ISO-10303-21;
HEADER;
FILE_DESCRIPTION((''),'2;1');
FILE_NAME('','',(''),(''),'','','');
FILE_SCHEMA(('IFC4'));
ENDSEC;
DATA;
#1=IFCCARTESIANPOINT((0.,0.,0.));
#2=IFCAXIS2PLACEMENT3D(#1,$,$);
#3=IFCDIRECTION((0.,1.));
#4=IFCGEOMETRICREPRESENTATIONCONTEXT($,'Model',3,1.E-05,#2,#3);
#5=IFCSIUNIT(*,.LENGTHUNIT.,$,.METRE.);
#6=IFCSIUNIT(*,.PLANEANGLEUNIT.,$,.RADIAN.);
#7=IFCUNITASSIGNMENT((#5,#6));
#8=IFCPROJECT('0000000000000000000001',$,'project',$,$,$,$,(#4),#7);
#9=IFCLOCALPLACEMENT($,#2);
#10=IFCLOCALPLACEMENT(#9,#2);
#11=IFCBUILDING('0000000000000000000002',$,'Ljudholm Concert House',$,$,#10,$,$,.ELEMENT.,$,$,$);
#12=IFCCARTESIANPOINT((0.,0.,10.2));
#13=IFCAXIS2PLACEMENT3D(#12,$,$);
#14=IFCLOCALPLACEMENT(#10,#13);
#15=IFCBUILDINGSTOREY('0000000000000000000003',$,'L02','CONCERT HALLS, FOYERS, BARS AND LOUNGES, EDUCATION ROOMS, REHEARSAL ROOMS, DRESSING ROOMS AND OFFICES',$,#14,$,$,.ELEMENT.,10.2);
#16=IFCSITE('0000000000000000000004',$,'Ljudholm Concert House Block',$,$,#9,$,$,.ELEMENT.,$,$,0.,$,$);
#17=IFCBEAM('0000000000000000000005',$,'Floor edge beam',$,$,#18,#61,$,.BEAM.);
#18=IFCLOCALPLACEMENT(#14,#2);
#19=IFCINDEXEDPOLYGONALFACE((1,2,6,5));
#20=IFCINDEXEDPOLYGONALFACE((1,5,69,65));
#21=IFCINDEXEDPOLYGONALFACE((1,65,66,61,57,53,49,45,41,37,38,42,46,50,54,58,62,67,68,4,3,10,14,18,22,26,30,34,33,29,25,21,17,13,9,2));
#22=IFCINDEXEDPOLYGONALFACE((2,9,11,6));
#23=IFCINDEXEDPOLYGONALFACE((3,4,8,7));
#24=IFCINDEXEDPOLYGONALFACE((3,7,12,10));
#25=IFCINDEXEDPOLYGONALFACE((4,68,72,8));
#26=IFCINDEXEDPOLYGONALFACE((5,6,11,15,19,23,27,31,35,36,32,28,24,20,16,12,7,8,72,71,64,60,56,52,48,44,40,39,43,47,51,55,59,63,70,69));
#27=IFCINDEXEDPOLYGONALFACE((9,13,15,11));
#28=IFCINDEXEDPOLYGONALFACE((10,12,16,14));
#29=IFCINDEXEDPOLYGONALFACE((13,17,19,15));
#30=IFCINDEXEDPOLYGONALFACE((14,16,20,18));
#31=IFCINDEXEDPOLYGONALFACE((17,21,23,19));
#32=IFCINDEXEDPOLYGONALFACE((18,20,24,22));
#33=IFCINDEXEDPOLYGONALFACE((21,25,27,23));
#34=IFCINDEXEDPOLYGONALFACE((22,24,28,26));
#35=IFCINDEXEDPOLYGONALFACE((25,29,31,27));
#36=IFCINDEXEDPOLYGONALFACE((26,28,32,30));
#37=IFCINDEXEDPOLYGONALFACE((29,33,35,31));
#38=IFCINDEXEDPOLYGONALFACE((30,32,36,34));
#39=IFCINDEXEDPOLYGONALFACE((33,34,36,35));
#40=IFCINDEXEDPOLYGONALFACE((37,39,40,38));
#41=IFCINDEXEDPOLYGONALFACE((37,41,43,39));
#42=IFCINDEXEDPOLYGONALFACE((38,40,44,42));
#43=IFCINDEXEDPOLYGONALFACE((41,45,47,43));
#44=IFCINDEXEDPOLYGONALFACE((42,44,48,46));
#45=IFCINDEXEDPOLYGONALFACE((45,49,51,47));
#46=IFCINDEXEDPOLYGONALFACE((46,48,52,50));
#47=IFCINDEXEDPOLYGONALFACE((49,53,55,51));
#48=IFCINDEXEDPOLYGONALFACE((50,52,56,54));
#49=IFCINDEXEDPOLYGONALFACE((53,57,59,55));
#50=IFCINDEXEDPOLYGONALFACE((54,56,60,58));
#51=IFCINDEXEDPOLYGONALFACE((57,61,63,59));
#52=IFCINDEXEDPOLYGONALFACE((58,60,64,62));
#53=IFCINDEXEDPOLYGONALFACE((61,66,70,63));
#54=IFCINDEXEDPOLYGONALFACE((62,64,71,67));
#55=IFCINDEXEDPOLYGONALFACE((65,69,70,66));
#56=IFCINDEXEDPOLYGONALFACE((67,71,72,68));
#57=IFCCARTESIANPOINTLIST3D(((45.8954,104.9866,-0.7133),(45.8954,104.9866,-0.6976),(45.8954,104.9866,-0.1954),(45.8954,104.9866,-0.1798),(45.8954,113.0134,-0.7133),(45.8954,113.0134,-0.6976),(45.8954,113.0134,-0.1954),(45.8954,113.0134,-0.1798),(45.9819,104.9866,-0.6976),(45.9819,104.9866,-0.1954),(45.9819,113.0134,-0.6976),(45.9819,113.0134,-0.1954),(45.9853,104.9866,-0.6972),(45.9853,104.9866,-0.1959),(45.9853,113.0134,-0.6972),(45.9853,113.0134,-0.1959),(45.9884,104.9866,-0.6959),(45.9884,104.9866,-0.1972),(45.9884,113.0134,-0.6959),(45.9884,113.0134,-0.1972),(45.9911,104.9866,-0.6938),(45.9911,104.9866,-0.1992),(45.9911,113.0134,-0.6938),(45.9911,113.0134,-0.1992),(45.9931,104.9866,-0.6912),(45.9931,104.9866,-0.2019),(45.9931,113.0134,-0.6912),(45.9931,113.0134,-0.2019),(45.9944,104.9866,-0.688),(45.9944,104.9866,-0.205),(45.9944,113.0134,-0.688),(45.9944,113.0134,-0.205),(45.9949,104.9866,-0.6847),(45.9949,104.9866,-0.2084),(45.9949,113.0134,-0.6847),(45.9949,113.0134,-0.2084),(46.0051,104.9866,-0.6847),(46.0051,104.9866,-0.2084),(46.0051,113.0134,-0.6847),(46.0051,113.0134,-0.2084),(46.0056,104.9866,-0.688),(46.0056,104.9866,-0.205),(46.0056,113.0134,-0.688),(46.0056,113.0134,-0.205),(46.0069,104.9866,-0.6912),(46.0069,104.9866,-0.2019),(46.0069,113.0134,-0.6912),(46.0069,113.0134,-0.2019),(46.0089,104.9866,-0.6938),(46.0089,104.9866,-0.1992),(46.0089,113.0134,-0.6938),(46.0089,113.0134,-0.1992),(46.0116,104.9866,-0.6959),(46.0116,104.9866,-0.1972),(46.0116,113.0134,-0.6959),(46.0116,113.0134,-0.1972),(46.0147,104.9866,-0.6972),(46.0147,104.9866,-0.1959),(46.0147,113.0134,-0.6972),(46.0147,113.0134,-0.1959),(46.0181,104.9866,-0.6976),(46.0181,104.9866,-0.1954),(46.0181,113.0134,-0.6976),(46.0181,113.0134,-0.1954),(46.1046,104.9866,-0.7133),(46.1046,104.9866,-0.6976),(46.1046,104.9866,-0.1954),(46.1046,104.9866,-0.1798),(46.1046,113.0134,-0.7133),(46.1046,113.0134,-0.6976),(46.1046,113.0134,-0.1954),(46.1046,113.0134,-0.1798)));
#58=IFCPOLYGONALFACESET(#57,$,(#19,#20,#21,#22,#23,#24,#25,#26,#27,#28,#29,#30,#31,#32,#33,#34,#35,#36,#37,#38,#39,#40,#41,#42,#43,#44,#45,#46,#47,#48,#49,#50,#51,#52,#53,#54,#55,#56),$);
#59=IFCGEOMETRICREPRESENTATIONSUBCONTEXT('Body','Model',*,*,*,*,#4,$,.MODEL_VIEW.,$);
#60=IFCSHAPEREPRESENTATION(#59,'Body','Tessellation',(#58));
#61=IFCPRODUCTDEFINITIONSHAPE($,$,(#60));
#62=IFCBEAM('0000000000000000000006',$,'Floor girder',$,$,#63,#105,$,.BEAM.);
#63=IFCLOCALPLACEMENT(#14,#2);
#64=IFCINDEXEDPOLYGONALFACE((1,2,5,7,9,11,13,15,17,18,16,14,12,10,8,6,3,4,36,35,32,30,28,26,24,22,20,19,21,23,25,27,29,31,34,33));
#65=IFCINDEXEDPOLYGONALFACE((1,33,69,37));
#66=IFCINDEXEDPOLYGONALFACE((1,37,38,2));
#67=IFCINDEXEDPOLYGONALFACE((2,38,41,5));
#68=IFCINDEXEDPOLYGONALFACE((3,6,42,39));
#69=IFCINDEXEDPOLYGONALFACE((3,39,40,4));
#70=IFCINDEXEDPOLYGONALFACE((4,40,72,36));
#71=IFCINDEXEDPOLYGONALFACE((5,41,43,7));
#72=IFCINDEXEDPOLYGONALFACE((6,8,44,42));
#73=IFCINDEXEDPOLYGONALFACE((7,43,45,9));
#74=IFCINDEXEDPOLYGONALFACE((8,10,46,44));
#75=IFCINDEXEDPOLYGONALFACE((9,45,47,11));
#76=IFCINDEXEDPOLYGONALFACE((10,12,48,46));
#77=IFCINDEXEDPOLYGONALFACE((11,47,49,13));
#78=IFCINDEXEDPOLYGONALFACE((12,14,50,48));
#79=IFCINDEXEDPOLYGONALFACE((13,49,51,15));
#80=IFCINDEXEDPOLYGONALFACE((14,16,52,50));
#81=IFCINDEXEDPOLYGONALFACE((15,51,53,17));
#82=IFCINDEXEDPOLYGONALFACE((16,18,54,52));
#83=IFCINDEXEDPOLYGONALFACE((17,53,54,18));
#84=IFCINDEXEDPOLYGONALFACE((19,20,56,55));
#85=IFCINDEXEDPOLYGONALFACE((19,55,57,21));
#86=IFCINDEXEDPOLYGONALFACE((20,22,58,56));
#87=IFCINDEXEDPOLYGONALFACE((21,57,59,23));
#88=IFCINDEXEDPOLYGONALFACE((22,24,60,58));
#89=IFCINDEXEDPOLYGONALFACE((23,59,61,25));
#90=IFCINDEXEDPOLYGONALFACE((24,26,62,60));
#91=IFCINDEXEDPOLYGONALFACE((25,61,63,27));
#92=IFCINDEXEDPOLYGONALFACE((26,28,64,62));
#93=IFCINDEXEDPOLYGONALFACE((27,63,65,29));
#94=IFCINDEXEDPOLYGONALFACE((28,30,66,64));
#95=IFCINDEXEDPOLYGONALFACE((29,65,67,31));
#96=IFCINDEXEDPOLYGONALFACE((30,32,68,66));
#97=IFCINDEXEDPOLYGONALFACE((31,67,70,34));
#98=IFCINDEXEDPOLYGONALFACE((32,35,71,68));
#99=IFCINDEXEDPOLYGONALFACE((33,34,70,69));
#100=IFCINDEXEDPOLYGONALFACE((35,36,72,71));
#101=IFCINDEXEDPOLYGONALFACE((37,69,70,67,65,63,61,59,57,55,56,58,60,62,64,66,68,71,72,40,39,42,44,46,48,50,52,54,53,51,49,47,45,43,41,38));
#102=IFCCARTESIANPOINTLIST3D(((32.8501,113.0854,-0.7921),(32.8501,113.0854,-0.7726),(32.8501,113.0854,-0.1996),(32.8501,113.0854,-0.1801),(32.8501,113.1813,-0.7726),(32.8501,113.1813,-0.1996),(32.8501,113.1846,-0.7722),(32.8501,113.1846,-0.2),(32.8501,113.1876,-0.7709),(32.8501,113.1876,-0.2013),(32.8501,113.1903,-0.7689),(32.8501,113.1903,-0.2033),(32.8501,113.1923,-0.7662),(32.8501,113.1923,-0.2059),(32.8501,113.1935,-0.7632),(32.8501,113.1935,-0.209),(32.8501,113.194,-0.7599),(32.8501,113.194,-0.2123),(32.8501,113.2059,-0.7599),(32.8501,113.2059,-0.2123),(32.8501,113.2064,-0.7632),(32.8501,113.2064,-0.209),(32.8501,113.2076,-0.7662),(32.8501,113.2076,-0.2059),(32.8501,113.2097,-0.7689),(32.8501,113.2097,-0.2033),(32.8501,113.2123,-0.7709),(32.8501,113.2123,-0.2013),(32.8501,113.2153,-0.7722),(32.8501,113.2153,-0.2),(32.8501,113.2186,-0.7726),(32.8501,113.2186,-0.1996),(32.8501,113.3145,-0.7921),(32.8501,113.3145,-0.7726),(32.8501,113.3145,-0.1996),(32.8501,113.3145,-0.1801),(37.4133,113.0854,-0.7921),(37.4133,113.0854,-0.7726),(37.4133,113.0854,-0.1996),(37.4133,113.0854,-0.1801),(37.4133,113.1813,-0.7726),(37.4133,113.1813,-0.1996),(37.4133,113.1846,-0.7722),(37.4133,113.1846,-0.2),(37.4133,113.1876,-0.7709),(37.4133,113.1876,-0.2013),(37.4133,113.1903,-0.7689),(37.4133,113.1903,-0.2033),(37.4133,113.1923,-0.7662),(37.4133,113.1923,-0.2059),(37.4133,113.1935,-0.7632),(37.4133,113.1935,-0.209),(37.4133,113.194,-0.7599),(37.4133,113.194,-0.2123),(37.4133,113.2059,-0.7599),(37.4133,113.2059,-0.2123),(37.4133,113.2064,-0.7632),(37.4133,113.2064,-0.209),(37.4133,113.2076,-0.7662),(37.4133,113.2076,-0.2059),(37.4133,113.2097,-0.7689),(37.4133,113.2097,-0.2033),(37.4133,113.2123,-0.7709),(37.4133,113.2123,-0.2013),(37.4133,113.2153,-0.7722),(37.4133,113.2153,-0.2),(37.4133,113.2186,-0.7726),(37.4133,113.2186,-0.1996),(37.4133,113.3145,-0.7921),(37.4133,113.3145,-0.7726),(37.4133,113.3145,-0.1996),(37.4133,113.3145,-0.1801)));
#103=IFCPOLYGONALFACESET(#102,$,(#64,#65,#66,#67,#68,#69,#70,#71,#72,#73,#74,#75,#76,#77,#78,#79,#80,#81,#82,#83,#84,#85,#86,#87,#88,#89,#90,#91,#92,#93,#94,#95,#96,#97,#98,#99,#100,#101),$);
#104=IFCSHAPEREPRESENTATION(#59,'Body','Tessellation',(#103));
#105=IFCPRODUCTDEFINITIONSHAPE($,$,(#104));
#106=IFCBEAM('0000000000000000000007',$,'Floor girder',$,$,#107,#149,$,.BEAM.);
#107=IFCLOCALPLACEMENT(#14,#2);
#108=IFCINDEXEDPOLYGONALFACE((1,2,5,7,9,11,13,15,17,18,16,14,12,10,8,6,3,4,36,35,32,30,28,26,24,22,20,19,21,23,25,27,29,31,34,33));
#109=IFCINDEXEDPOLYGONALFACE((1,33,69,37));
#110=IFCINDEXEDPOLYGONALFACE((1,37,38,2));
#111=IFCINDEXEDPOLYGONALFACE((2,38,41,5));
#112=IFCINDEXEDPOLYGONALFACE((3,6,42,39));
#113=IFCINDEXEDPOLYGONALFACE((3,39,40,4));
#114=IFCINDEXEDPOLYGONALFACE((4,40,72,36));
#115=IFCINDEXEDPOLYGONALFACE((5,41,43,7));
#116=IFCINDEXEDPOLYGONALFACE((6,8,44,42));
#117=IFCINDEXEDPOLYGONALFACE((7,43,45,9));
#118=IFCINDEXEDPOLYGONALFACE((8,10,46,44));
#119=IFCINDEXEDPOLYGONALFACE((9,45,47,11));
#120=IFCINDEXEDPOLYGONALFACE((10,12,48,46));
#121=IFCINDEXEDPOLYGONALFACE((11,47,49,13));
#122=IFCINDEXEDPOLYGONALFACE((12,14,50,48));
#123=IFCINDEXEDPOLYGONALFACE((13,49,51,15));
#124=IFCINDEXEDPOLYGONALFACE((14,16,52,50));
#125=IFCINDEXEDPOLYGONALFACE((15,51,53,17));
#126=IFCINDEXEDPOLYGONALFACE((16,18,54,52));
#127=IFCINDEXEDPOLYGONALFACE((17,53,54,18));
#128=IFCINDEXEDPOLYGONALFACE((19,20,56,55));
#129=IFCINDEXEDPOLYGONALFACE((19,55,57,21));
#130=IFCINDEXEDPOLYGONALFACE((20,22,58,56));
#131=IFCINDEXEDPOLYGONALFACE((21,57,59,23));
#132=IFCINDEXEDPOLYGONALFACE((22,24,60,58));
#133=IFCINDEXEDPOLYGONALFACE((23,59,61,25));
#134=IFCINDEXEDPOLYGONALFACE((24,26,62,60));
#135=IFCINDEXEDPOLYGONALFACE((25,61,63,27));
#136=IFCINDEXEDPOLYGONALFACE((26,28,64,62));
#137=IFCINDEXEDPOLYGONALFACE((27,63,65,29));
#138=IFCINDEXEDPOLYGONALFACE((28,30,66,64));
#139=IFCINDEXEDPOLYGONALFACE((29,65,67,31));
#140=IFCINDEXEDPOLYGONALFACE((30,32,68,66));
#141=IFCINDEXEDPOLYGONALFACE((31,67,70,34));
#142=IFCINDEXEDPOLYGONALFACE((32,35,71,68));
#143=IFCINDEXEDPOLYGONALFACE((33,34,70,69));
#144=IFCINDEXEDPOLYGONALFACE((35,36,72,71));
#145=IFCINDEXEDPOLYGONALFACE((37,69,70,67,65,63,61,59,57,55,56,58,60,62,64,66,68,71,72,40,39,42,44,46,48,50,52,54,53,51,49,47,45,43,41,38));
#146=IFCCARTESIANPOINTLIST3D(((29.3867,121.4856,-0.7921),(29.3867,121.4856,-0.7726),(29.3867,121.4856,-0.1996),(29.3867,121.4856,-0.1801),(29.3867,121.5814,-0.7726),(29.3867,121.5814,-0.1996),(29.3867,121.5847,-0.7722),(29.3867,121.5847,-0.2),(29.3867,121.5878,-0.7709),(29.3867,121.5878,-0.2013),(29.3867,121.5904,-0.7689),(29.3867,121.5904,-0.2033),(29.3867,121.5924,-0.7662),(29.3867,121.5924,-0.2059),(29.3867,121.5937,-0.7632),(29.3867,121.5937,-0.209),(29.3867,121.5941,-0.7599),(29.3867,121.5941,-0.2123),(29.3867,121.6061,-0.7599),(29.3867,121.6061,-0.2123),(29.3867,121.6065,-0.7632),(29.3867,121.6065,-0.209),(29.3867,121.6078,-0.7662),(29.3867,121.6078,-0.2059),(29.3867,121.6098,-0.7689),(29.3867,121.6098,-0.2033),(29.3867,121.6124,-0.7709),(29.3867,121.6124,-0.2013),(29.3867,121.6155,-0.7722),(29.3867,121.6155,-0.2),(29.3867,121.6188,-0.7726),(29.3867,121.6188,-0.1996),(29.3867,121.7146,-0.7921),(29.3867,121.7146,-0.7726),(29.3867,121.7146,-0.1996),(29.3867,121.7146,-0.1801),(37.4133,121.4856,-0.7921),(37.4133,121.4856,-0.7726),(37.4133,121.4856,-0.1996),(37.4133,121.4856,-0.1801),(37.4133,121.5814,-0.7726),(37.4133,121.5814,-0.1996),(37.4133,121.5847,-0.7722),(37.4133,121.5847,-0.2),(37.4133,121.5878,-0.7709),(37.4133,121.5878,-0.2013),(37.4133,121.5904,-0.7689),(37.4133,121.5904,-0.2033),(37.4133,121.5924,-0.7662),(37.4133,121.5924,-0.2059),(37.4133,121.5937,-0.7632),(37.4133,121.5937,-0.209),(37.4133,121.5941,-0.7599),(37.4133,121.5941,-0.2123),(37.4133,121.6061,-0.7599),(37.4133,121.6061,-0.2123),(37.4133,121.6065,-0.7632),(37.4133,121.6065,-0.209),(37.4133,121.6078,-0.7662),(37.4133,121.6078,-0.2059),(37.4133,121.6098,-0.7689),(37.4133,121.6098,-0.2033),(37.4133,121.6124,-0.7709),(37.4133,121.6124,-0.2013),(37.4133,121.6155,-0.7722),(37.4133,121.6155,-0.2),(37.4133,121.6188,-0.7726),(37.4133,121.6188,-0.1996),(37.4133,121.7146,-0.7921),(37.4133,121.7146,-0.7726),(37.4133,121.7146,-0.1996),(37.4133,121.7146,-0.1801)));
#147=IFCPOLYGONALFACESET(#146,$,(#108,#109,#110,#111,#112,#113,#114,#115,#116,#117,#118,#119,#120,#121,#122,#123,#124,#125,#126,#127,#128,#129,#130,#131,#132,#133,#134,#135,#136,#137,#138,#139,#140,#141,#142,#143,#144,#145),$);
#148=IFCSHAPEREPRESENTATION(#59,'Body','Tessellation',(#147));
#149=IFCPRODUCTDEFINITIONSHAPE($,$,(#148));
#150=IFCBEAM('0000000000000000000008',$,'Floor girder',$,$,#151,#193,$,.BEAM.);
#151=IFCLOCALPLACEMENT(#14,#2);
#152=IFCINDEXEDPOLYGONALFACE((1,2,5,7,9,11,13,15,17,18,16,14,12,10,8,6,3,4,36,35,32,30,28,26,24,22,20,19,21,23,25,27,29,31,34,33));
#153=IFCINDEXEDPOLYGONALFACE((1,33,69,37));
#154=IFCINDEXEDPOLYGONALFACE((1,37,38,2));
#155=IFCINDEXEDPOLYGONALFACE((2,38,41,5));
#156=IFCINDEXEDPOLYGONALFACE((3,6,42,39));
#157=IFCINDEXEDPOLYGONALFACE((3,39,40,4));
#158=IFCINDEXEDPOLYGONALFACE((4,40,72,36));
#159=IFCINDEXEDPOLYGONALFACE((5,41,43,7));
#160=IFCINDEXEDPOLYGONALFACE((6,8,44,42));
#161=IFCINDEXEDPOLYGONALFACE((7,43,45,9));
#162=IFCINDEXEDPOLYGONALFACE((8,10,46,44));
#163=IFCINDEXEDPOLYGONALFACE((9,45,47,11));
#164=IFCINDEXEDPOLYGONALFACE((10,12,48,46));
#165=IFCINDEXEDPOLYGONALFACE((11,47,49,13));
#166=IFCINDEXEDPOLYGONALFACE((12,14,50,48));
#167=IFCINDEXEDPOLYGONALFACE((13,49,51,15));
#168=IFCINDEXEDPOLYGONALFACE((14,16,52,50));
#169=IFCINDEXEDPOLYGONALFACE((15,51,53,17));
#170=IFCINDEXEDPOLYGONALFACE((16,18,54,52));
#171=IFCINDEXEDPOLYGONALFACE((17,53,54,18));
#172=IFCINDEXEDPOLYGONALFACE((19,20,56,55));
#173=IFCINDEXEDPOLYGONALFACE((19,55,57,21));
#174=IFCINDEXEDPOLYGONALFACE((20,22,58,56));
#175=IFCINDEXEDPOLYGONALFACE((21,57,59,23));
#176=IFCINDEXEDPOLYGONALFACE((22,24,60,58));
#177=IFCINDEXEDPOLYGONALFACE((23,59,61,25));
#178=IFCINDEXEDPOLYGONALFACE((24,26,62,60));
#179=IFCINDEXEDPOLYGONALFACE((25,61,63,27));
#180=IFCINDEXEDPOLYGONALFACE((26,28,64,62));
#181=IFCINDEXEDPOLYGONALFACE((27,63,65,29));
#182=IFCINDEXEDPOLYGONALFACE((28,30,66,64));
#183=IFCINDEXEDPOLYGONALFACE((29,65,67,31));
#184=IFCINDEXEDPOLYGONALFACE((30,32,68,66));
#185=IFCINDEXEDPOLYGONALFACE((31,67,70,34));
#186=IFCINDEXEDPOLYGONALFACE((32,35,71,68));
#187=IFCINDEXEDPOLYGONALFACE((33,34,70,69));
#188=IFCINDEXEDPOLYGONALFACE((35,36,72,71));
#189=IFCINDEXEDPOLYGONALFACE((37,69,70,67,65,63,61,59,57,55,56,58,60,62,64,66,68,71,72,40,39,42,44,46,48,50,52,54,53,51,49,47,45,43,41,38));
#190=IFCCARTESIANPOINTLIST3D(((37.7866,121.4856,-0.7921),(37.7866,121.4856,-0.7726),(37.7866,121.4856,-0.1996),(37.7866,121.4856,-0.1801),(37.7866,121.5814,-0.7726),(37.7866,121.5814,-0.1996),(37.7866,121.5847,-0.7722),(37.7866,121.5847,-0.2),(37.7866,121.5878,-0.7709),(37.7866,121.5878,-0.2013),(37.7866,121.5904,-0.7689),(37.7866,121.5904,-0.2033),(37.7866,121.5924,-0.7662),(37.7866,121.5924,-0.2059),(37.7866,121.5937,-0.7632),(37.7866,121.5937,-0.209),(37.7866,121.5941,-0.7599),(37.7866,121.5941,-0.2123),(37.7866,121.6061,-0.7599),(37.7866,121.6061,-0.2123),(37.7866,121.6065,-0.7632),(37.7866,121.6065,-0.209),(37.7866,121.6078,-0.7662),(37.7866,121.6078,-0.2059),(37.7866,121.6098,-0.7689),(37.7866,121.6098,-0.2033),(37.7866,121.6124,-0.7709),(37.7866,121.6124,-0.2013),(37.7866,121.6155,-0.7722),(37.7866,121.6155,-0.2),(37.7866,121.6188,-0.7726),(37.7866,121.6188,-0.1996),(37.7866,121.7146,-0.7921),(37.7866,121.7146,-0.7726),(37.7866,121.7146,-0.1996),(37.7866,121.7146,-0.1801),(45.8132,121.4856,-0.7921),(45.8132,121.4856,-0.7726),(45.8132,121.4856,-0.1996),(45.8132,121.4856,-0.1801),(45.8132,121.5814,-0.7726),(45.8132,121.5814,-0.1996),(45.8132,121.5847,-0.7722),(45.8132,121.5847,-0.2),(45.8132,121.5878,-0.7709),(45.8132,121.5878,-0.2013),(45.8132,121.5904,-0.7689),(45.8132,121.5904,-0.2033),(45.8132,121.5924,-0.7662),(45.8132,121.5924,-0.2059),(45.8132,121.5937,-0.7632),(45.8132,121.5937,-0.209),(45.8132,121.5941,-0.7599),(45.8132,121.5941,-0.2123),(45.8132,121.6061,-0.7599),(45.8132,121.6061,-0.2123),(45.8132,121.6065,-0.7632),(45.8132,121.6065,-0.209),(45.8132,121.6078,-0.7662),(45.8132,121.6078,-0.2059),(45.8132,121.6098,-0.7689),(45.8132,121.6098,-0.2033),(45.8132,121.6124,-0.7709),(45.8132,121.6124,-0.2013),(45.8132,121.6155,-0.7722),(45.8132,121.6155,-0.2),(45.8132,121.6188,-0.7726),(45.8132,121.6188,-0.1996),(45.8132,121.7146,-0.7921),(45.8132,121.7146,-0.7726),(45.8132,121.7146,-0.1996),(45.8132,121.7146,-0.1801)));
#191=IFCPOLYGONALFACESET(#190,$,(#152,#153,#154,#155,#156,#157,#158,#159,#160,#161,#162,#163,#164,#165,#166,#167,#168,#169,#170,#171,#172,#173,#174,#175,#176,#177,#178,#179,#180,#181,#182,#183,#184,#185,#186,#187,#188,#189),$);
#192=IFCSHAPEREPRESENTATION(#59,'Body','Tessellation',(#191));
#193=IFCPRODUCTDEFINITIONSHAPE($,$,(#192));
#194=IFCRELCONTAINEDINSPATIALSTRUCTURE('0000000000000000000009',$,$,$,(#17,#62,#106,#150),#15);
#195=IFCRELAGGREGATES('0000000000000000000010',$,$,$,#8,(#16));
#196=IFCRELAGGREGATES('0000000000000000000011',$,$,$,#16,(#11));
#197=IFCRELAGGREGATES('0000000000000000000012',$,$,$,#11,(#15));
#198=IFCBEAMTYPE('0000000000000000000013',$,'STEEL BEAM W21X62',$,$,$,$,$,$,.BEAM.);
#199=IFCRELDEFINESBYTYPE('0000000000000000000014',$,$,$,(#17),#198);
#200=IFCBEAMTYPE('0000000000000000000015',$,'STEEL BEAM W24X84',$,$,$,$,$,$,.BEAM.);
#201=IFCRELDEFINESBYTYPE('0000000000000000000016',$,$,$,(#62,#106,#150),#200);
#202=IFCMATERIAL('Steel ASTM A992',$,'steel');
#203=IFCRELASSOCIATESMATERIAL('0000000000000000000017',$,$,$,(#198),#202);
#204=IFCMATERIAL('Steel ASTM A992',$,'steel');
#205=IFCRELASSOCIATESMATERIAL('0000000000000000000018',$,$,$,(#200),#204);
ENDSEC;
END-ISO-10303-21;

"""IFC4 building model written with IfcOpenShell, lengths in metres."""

from ifc_helpers import new_model, si_unit, direction, frame, origin, origin_2d, place, context, subcontext, project, spatial, i_section, extrude, material, material_profile, profile_set, type_object, element, save


model = new_model("IFC4")

# Units and contexts
model_context = context("Model", 3, precision=1e-05, world=origin(), true_north=direction((0.0, 1.0)))
body_context = subcontext(model_context, "Body", "Model", "MODEL_VIEW")
ifc_project = project(units=[si_unit("LENGTHUNIT", "METRE"), si_unit("PLANEANGLEUNIT", "RADIAN")], contexts=[model_context])

# Site, building, storey
site_placement = place(None, origin())
site = spatial("IfcSite", under=ifc_project, at=site_placement, Name="Ljudholm Concert House Block", CompositionType="ELEMENT", RefElevation=0.0)
building_placement = place(site_placement, origin())
building = spatial("IfcBuilding", under=site, at=building_placement, Name="Ljudholm Concert House", CompositionType="ELEMENT")
storey_placement = place(building_placement, frame((0.0, 0.0, 10.2)))
storey = spatial("IfcBuildingStorey", under=building, at=storey_placement, Name="L02", Description="CONCERT HALLS, FOYERS, BARS AND LOUNGES, EDUCATION ROOMS, REHEARSAL ROOMS, DRESSING ROOMS AND OFFICES", CompositionType="ELEMENT", Elevation=10.2)

# Beams
ifc_material_1 = material(Name="Steel ASTM A992", Category="steel")
ifc_material_profile_1 = material_profile(ifc_material_1, i_section(OverallWidth=0.2092, OverallDepth=0.5334, WebThickness=0.0103, FlangeThickness=0.0156, FilletRadius=0.0129, at=origin_2d()), Name="W21X62")
ifc_profile_set_1 = profile_set([ifc_material_profile_1], Name="Steel ASTM A992")
beam_type_1 = type_object("IfcBeamType", Name="STEEL BEAM W21X62", PredefinedType="BEAM", material=ifc_profile_set_1)
beam_1_placement = place(storey_placement, frame((46.0, 104.9866, -0.4465), z_axis=(0.0, 1.0, 0.0), x_axis=(-1.0, 0.0, 0.0)))
element("IfcBeam", 1, at=beam_1_placement, inside=storey, type_object=beam_type_1, Name="Floor edge beam", PredefinedType="BEAM", context=body_context, shape_type="SweptSolid", body=[
    extrude(i_section(OverallWidth=0.2092, OverallDepth=0.5334, WebThickness=0.0103, FlangeThickness=0.0156, FilletRadius=0.0129, at=origin_2d()), origin(), (0.0, 0.0, 1.0), 8.0269),
])
ifc_material_2 = material(Name="Steel ASTM A992", Category="steel")
ifc_material_profile_2 = material_profile(ifc_material_2, i_section(OverallWidth=0.229, OverallDepth=0.6121, WebThickness=0.012, FlangeThickness=0.0195, FilletRadius=0.0127, at=origin_2d()), Name="W24X84")
ifc_profile_set_2 = profile_set([ifc_material_profile_2], Name="Steel ASTM A992")
beam_type_2 = type_object("IfcBeamType", Name="STEEL BEAM W24X84", PredefinedType="BEAM", material=ifc_profile_set_2)
beam_2_placement = place(storey_placement, frame((32.8501, 113.2, -0.4861), z_axis=(1.0, 0.0, 0.0), x_axis=(0.0, 1.0, 0.0)))
element("IfcBeam", 2, at=beam_2_placement, inside=storey, type_object=beam_type_2, Name="Floor girder", PredefinedType="BEAM", context=body_context, shape_type="SweptSolid", body=[
    extrude(i_section(OverallWidth=0.229, OverallDepth=0.6121, WebThickness=0.012, FlangeThickness=0.0195, FilletRadius=0.0127, at=origin_2d()), origin(), (0.0, 0.0, 1.0), 4.5632),
])
for number, where, z_axis, x_axis, name in (
    (3, (29.3867, 121.6001, -0.4861), (1.0, 0.0, 0.0), (0.0, 1.0, 0.0), "Floor girder"),
    (4, (37.7866, 121.6001, -0.4861), (1.0, 0.0, 0.0), (0.0, 1.0, 0.0), "Floor girder"),
):
    element("IfcBeam", number, at=place(storey_placement, frame(where, z_axis=z_axis, x_axis=x_axis)), inside=storey, type_object=beam_type_2, Name=name, PredefinedType="BEAM", context=body_context, shape_type="SweptSolid", body=[
        extrude(i_section(OverallWidth=0.229, OverallDepth=0.6121, WebThickness=0.012, FlangeThickness=0.0195, FilletRadius=0.0127, at=origin_2d()), origin(), (0.0, 0.0, 1.0), 8.0266),
    ])

save(model, "model.ifc")
